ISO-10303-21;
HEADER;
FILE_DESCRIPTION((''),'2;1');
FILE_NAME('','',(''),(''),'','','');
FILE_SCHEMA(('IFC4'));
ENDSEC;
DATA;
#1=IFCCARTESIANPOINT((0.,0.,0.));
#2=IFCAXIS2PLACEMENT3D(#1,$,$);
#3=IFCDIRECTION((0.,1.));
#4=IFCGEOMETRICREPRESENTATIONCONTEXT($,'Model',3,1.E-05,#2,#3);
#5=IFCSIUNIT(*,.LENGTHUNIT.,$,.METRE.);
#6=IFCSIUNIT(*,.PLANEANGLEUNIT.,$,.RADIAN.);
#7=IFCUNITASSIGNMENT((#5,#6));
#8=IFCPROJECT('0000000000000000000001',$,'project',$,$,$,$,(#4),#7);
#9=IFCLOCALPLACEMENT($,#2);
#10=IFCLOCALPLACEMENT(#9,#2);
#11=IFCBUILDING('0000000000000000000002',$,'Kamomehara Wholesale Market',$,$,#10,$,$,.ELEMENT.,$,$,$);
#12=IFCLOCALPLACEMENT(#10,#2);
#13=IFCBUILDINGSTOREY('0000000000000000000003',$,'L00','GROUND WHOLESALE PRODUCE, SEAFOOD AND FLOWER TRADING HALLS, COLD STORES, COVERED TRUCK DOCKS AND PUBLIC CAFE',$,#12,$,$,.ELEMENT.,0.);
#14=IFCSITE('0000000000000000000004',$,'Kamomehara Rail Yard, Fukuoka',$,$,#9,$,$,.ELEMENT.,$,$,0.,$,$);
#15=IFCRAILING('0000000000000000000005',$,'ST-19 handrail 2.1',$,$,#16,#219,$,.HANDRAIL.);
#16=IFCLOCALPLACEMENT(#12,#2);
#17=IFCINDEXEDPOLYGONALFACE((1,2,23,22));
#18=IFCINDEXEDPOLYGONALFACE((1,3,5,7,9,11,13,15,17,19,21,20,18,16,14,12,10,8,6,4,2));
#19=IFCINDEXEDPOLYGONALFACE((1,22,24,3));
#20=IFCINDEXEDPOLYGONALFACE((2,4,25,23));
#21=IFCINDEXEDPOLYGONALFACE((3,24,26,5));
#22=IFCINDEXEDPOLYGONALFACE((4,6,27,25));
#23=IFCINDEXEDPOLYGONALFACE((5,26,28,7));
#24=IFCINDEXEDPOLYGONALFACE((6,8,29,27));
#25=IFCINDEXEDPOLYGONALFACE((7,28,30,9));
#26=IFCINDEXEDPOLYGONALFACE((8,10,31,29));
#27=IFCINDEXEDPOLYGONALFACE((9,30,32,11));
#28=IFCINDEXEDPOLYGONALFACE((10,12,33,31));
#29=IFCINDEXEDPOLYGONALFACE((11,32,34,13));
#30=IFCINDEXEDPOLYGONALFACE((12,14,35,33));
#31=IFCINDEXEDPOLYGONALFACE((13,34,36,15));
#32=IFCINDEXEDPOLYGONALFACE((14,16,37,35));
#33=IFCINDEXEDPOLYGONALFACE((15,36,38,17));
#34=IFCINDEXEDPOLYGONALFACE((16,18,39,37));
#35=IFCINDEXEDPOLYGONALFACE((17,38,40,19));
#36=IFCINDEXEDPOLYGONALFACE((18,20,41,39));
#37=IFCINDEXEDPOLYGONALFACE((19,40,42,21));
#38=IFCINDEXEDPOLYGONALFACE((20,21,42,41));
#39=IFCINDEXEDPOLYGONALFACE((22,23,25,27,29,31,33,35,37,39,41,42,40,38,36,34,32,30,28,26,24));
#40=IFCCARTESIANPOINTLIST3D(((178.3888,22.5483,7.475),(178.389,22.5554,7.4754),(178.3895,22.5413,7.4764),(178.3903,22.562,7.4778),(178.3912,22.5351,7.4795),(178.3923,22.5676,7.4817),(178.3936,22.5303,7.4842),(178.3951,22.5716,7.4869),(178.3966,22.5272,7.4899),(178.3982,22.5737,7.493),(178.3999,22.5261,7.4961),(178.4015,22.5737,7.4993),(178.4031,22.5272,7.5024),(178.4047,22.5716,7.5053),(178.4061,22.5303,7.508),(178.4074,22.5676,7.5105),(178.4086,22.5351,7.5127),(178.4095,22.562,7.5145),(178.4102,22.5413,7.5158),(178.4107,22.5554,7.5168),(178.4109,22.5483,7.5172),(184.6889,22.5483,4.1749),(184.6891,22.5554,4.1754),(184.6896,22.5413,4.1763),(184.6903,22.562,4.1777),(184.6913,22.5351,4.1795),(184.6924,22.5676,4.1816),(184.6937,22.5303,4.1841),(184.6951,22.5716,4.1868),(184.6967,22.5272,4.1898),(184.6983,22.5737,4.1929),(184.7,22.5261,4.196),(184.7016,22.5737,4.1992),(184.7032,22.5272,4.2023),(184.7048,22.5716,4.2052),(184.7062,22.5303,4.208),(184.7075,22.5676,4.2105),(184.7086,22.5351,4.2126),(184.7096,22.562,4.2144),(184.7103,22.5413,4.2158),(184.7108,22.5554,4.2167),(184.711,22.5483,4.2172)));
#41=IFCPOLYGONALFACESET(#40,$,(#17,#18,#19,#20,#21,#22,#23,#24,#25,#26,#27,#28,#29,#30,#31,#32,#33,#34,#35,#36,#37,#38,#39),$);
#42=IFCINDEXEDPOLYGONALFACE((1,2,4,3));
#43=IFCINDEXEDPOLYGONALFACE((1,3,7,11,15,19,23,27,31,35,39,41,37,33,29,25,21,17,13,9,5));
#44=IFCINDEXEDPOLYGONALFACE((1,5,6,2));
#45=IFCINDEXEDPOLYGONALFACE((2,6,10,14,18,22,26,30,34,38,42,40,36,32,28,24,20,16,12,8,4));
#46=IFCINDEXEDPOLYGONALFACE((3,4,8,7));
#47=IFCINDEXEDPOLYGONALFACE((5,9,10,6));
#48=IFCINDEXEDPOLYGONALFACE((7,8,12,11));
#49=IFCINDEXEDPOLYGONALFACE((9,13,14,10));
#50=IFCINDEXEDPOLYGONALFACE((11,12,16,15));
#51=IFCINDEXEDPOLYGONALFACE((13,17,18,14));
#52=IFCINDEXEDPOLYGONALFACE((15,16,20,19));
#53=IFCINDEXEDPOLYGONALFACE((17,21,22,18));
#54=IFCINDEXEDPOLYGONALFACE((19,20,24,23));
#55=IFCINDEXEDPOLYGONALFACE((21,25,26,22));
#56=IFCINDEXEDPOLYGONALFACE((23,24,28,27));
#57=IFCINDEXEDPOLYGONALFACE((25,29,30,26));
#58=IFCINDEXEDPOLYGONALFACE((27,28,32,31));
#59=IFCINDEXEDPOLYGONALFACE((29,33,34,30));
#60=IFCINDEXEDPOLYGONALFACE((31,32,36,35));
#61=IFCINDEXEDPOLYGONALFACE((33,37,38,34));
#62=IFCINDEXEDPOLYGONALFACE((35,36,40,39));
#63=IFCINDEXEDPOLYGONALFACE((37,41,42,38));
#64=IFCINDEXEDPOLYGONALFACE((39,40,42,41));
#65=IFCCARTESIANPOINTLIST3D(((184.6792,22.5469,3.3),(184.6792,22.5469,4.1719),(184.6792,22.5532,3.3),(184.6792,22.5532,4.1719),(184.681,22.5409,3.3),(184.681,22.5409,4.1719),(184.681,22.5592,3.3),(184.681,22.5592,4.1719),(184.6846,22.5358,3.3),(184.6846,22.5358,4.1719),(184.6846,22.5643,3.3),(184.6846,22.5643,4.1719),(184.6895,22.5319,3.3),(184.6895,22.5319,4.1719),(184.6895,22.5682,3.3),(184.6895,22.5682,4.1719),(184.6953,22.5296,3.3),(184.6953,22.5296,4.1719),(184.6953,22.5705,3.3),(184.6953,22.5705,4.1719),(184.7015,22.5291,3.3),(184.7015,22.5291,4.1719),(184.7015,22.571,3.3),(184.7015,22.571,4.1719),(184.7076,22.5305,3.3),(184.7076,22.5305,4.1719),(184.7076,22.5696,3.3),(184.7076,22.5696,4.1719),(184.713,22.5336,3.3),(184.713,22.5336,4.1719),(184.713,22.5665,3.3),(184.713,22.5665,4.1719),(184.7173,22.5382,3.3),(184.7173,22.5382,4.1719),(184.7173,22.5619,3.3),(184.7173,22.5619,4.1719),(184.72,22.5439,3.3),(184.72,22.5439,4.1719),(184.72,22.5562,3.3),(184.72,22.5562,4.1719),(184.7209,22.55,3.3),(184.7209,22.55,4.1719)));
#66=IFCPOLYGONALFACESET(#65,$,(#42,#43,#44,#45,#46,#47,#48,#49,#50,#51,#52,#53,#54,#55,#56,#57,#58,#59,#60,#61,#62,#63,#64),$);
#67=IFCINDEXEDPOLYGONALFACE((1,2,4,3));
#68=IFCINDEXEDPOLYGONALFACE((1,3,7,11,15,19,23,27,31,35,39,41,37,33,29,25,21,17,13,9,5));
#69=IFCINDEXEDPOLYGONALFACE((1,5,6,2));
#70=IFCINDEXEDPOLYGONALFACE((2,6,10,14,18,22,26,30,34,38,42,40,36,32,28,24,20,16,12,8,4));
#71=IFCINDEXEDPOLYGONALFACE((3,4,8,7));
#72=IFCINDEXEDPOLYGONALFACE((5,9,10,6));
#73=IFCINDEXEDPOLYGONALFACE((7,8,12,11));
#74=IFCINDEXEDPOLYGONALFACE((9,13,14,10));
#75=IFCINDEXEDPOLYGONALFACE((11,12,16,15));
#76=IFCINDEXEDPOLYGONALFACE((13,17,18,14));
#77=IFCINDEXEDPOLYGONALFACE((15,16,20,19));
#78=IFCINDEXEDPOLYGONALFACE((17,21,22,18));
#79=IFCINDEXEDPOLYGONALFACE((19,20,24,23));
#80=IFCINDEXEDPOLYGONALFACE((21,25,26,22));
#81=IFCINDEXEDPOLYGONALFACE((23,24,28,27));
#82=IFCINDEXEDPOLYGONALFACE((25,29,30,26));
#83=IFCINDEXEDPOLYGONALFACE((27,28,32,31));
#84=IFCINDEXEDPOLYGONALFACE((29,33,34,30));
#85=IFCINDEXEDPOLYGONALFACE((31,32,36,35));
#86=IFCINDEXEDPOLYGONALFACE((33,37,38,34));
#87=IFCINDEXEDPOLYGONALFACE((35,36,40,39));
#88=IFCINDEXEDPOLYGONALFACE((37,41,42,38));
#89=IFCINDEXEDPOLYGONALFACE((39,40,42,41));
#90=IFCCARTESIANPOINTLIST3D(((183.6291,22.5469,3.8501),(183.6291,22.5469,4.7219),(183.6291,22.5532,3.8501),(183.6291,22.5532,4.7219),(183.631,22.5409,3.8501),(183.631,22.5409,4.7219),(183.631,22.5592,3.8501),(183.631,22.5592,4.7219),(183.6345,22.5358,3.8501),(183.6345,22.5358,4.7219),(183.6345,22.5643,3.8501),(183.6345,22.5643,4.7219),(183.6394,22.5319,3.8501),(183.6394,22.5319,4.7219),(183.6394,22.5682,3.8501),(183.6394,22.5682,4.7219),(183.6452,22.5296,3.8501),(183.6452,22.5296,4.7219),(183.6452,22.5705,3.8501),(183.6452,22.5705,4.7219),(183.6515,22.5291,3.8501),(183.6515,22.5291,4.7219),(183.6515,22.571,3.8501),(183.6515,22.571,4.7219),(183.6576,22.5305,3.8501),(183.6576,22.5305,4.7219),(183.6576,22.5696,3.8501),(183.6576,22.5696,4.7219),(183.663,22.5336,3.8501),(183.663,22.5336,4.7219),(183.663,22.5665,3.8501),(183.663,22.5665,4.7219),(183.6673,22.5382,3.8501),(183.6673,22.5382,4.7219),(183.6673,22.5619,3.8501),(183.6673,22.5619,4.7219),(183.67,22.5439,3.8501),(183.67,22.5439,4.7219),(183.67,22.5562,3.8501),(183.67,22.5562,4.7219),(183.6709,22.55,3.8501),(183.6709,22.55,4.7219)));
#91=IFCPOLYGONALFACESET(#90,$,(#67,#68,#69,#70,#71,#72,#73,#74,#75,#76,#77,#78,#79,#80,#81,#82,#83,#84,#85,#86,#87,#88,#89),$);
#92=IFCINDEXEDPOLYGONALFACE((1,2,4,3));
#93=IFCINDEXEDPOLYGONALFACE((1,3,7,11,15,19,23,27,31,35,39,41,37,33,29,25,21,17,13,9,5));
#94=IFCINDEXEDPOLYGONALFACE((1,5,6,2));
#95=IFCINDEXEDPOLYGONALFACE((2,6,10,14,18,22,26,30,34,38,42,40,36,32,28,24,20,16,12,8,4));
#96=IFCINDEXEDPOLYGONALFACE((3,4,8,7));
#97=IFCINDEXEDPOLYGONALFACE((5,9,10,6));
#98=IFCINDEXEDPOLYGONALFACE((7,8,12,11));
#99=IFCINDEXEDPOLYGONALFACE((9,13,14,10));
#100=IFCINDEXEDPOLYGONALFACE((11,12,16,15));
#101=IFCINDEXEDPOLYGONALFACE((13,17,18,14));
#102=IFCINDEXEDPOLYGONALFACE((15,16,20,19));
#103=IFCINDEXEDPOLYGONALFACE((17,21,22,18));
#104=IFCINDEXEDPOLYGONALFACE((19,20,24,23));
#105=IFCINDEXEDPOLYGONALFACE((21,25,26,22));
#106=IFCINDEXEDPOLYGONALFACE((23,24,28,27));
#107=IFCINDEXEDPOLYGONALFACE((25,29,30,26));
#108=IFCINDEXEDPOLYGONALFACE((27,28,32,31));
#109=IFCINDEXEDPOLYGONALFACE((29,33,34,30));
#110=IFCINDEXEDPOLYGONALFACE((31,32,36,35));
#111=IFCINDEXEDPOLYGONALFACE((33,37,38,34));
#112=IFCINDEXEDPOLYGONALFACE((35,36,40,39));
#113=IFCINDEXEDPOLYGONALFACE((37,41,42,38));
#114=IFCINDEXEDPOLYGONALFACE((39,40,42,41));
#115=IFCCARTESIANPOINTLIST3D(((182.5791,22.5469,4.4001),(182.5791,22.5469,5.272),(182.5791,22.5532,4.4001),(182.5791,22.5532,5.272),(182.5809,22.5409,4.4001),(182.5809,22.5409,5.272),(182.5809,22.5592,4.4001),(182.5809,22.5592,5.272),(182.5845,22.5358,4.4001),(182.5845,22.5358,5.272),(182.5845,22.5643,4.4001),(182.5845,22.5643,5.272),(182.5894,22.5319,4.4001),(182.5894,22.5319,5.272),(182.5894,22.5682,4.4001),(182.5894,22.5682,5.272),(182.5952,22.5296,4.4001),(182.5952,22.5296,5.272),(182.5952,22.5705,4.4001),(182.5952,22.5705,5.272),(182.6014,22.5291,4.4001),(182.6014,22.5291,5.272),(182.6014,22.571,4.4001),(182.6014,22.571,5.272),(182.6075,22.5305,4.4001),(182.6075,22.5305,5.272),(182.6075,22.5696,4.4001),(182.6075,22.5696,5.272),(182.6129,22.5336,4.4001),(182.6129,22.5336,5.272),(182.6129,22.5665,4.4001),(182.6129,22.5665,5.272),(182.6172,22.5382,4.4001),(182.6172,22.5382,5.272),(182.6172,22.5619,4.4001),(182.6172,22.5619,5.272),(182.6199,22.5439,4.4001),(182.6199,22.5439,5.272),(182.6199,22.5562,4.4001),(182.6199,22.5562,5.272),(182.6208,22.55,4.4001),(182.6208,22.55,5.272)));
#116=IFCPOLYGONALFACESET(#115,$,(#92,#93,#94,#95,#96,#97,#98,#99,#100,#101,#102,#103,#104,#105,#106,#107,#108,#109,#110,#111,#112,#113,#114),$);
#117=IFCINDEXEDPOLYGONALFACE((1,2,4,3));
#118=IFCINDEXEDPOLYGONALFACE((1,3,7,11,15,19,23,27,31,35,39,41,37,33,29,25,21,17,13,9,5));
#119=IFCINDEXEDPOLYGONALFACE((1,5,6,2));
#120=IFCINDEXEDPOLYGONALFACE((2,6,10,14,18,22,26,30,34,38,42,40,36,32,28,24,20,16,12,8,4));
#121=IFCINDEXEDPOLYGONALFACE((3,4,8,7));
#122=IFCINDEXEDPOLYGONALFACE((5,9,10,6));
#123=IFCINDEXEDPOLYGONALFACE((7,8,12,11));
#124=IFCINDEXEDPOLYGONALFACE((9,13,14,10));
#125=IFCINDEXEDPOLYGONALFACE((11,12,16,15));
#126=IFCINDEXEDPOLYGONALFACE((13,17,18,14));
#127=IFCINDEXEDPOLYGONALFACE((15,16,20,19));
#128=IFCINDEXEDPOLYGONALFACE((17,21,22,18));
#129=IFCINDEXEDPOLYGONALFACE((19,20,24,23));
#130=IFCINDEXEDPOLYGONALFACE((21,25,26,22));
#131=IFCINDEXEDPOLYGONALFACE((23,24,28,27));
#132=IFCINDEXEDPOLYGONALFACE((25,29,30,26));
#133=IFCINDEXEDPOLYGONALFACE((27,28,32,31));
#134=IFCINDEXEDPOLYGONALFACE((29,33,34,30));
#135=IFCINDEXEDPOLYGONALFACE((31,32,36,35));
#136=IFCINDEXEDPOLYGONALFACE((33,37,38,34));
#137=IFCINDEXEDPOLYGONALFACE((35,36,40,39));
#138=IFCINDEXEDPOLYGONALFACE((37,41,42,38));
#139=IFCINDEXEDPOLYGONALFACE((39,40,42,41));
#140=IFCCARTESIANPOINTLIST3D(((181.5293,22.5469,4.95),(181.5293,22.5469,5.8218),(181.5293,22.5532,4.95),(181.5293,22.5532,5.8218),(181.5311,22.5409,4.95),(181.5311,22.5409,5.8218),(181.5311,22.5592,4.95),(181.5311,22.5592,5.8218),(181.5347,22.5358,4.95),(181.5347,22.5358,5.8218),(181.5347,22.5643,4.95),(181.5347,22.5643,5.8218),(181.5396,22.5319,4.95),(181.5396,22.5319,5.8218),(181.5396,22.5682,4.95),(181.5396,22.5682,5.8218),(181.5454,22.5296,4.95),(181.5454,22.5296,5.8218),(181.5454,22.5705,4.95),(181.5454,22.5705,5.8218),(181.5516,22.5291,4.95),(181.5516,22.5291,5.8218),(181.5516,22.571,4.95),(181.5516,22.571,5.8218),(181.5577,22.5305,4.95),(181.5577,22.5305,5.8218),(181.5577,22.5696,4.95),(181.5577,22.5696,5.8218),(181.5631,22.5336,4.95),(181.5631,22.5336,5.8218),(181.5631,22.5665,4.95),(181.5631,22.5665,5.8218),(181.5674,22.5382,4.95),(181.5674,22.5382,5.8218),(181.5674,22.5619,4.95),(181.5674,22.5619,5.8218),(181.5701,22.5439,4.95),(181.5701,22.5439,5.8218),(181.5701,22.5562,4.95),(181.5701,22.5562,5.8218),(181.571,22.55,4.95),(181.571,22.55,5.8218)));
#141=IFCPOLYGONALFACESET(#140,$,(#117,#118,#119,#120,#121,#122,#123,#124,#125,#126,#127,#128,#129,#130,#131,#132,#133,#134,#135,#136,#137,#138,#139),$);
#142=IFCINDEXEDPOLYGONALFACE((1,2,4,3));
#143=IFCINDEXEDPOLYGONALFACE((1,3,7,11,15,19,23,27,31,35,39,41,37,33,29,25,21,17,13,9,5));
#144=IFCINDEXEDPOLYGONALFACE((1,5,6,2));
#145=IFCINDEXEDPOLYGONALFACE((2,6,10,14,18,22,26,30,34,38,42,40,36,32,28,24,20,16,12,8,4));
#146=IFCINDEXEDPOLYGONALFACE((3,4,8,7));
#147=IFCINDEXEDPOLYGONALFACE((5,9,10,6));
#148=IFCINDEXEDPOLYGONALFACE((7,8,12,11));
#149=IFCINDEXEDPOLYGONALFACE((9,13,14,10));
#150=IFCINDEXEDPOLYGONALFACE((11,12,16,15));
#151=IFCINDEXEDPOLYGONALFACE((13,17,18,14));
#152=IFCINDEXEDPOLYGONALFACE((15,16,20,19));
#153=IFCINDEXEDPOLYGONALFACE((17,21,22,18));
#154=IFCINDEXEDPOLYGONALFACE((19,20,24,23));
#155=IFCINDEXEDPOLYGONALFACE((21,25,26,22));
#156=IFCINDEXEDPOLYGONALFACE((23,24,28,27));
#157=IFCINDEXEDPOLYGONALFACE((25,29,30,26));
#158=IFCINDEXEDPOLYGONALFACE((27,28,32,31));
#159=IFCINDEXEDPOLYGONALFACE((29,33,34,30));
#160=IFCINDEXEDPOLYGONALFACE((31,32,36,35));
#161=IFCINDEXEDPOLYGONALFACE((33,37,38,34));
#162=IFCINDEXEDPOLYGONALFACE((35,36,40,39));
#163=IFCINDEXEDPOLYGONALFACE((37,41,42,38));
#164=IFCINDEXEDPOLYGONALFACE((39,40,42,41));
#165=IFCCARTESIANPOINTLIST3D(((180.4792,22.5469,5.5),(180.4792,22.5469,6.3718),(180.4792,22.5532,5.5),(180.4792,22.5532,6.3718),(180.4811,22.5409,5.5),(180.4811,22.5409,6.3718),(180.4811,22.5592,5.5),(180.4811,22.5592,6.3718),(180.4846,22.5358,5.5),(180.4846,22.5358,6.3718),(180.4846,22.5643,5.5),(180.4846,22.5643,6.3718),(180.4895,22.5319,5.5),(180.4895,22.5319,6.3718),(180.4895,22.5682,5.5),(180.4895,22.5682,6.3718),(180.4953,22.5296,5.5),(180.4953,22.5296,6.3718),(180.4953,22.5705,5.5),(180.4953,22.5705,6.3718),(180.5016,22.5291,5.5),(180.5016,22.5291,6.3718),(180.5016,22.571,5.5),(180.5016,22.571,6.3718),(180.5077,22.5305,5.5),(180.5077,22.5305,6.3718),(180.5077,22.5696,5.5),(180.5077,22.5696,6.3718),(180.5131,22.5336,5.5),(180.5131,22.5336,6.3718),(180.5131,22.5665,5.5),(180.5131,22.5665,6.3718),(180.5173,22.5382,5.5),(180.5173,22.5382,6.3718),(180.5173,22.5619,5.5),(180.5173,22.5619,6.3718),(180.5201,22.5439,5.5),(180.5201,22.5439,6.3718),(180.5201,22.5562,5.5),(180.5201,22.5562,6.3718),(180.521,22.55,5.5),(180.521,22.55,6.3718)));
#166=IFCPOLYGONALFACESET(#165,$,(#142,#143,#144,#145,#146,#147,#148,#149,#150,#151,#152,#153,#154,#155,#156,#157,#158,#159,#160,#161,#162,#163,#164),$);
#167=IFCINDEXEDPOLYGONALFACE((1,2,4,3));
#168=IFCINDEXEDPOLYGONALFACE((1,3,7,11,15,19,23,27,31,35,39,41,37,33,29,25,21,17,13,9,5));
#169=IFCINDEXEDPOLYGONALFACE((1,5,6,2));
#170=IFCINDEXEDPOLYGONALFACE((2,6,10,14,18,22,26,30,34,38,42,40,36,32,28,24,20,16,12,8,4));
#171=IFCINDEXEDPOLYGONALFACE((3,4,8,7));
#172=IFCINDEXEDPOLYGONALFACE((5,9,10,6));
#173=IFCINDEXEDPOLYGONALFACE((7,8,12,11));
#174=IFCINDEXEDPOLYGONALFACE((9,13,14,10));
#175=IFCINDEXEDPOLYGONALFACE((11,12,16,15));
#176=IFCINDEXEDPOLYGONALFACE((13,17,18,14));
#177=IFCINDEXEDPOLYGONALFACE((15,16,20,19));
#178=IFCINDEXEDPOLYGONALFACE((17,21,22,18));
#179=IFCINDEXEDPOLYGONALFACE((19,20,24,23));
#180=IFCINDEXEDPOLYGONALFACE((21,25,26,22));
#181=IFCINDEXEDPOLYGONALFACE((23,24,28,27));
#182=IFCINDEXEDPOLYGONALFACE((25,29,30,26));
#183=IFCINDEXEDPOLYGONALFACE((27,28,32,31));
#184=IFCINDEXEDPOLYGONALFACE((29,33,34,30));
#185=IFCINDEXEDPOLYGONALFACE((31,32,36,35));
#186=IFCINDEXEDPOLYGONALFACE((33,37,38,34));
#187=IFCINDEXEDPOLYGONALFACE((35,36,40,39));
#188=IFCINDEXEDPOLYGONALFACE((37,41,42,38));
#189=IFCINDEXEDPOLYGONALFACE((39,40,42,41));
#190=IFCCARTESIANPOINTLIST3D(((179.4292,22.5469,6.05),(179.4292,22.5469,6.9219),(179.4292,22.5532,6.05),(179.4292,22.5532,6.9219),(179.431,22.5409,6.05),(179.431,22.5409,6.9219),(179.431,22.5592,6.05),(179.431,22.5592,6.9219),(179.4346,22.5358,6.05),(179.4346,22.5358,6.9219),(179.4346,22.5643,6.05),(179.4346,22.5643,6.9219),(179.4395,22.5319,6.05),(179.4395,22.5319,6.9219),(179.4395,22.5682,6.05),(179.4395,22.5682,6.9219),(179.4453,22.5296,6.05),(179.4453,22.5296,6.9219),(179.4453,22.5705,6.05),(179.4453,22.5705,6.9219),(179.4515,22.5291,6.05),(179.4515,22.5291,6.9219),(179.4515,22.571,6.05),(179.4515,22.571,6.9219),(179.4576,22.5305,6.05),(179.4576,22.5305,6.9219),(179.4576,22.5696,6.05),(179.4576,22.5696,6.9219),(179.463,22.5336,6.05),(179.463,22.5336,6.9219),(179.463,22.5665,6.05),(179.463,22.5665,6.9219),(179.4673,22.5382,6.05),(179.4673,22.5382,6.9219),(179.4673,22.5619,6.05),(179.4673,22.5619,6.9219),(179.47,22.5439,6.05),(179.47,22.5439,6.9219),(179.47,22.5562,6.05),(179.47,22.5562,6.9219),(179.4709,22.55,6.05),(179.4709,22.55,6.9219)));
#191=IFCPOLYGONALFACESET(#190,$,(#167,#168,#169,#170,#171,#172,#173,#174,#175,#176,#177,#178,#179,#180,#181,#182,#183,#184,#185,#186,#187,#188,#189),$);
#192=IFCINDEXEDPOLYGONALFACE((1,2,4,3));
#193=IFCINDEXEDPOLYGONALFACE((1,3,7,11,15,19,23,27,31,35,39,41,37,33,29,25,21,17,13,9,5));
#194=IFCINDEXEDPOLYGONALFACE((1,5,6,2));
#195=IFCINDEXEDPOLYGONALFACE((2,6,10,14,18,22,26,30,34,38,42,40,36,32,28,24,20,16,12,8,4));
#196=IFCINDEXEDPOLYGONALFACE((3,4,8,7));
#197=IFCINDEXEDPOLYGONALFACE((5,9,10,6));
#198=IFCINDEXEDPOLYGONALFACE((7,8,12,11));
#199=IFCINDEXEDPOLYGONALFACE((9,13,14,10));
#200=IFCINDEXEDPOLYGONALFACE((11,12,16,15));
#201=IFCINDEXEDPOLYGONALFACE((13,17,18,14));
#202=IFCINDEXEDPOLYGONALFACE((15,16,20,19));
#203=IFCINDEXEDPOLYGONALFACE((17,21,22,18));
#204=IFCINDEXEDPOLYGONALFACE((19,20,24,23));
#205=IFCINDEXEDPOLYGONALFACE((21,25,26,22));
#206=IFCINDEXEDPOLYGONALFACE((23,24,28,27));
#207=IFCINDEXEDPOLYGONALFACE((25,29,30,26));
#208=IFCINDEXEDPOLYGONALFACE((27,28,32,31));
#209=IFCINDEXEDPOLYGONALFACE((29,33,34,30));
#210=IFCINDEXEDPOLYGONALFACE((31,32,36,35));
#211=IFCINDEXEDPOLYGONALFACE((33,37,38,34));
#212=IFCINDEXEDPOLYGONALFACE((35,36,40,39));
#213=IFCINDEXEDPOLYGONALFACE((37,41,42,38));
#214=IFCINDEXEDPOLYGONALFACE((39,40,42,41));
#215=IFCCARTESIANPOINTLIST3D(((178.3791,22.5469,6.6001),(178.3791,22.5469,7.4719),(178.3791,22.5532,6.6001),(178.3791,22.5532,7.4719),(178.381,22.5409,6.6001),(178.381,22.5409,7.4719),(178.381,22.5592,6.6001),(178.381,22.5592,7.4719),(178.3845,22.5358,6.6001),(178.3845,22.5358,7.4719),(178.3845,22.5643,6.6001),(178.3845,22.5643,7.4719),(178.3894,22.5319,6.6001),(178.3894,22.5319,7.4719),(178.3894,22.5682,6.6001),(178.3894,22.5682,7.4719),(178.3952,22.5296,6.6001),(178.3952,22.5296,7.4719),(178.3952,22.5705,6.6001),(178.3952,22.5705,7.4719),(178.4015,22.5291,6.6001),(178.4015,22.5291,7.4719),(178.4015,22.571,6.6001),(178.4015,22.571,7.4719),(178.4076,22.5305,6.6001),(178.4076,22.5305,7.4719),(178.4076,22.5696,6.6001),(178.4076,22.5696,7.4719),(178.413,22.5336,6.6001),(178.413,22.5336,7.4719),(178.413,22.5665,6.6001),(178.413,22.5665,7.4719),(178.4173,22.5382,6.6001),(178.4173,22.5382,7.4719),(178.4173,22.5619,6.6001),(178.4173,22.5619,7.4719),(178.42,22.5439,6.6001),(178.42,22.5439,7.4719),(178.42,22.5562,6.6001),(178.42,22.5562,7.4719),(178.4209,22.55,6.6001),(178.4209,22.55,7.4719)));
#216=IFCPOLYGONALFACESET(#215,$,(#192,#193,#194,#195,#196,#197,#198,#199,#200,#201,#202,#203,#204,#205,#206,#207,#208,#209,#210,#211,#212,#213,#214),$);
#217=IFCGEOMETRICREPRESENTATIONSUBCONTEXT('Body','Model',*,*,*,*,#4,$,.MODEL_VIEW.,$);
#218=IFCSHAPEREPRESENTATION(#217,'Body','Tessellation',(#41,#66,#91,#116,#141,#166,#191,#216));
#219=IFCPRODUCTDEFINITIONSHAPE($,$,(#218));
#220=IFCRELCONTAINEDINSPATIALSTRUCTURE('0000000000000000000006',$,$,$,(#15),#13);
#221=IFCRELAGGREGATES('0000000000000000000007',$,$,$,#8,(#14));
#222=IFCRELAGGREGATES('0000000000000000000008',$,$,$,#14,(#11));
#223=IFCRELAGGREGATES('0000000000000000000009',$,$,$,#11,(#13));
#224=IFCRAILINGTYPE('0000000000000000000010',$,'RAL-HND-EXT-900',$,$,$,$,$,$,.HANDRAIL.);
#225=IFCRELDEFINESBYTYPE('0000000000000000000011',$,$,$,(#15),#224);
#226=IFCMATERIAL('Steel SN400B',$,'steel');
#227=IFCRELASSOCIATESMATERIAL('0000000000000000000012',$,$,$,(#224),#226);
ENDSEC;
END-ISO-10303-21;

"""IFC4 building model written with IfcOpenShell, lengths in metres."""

from ifc_helpers import new_model, si_unit, direction, frame, origin, origin_2d, place, context, subcontext, project, spatial, circle, extrude, material, type_object, element, save


model = new_model("IFC4")

# Units and contexts
model_context = context("Model", 3, precision=1e-05, world=origin(), true_north=direction((0.0, 1.0)))
body_context = subcontext(model_context, "Body", "Model", "MODEL_VIEW")
ifc_project = project(units=[si_unit("LENGTHUNIT", "METRE"), si_unit("PLANEANGLEUNIT", "RADIAN")], contexts=[model_context])

# Site, building, storey
site_placement = place(None, origin())
site = spatial("IfcSite", under=ifc_project, at=site_placement, Name="Kamomehara Rail Yard, Fukuoka", CompositionType="ELEMENT", RefElevation=0.0)
building_placement = place(site_placement, origin())
building = spatial("IfcBuilding", under=site, at=building_placement, Name="Kamomehara Wholesale Market", CompositionType="ELEMENT")
storey_placement = place(building_placement, origin())
storey = spatial("IfcBuildingStorey", under=building, at=storey_placement, Name="L00", Description="GROUND WHOLESALE PRODUCE, SEAFOOD AND FLOWER TRADING HALLS, COLD STORES, COVERED TRUCK DOCKS AND PUBLIC CAFE", CompositionType="ELEMENT", Elevation=0.0)

# Railing
ifc_material_1 = material(Name="Steel SN400B", Category="steel")
railing_type_1 = type_object("IfcRailingType", Name="RAL-HND-EXT-900", PredefinedType="HANDRAIL", material=ifc_material_1)
railing_1_placement = place(storey_placement, frame((184.7, 22.55, 3.3)))
element("IfcRailing", 1, at=railing_1_placement, inside=storey, type_object=railing_type_1, Name="ST-19 handrail 2.1", PredefinedType="HANDRAIL", context=body_context, shape_type="SweptSolid", body=[
    extrude(circle(Radius=0.0239, at=origin_2d()), frame((0.0, 0.0, 0.896), z_axis=(-0.88583, 0.0, 0.46401), x_axis=(0.0, -1.0, 0.0)), (0.0, 0.0, 1.0), 7.1121),
    extrude(circle(Radius=0.021, at=origin_2d()), origin(), (0.0, 0.0, 1.0), 0.8718),
    extrude(circle(Radius=0.021, at=origin_2d()), frame((-1.05, 0.0, 0.55)), (0.0, 0.0, 1.0), 0.8718),
    extrude(circle(Radius=0.021, at=origin_2d()), frame((-2.1001, 0.0, 1.1001)), (0.0, 0.0, 1.0), 0.8718),
    extrude(circle(Radius=0.021, at=origin_2d()), frame((-3.1499, 0.0, 1.6499)), (0.0, 0.0, 1.0), 0.8718),
    extrude(circle(Radius=0.021, at=origin_2d()), frame((-4.2, 0.0, 2.2)), (0.0, 0.0, 1.0), 0.8718),
    extrude(circle(Radius=0.021, at=origin_2d()), frame((-5.25, 0.0, 2.75)), (0.0, 0.0, 1.0), 0.8718),
    extrude(circle(Radius=0.021, at=origin_2d()), frame((-6.3, 0.0, 3.3)), (0.0, 0.0, 1.0), 0.8718),
])

save(model, "model.ifc")
